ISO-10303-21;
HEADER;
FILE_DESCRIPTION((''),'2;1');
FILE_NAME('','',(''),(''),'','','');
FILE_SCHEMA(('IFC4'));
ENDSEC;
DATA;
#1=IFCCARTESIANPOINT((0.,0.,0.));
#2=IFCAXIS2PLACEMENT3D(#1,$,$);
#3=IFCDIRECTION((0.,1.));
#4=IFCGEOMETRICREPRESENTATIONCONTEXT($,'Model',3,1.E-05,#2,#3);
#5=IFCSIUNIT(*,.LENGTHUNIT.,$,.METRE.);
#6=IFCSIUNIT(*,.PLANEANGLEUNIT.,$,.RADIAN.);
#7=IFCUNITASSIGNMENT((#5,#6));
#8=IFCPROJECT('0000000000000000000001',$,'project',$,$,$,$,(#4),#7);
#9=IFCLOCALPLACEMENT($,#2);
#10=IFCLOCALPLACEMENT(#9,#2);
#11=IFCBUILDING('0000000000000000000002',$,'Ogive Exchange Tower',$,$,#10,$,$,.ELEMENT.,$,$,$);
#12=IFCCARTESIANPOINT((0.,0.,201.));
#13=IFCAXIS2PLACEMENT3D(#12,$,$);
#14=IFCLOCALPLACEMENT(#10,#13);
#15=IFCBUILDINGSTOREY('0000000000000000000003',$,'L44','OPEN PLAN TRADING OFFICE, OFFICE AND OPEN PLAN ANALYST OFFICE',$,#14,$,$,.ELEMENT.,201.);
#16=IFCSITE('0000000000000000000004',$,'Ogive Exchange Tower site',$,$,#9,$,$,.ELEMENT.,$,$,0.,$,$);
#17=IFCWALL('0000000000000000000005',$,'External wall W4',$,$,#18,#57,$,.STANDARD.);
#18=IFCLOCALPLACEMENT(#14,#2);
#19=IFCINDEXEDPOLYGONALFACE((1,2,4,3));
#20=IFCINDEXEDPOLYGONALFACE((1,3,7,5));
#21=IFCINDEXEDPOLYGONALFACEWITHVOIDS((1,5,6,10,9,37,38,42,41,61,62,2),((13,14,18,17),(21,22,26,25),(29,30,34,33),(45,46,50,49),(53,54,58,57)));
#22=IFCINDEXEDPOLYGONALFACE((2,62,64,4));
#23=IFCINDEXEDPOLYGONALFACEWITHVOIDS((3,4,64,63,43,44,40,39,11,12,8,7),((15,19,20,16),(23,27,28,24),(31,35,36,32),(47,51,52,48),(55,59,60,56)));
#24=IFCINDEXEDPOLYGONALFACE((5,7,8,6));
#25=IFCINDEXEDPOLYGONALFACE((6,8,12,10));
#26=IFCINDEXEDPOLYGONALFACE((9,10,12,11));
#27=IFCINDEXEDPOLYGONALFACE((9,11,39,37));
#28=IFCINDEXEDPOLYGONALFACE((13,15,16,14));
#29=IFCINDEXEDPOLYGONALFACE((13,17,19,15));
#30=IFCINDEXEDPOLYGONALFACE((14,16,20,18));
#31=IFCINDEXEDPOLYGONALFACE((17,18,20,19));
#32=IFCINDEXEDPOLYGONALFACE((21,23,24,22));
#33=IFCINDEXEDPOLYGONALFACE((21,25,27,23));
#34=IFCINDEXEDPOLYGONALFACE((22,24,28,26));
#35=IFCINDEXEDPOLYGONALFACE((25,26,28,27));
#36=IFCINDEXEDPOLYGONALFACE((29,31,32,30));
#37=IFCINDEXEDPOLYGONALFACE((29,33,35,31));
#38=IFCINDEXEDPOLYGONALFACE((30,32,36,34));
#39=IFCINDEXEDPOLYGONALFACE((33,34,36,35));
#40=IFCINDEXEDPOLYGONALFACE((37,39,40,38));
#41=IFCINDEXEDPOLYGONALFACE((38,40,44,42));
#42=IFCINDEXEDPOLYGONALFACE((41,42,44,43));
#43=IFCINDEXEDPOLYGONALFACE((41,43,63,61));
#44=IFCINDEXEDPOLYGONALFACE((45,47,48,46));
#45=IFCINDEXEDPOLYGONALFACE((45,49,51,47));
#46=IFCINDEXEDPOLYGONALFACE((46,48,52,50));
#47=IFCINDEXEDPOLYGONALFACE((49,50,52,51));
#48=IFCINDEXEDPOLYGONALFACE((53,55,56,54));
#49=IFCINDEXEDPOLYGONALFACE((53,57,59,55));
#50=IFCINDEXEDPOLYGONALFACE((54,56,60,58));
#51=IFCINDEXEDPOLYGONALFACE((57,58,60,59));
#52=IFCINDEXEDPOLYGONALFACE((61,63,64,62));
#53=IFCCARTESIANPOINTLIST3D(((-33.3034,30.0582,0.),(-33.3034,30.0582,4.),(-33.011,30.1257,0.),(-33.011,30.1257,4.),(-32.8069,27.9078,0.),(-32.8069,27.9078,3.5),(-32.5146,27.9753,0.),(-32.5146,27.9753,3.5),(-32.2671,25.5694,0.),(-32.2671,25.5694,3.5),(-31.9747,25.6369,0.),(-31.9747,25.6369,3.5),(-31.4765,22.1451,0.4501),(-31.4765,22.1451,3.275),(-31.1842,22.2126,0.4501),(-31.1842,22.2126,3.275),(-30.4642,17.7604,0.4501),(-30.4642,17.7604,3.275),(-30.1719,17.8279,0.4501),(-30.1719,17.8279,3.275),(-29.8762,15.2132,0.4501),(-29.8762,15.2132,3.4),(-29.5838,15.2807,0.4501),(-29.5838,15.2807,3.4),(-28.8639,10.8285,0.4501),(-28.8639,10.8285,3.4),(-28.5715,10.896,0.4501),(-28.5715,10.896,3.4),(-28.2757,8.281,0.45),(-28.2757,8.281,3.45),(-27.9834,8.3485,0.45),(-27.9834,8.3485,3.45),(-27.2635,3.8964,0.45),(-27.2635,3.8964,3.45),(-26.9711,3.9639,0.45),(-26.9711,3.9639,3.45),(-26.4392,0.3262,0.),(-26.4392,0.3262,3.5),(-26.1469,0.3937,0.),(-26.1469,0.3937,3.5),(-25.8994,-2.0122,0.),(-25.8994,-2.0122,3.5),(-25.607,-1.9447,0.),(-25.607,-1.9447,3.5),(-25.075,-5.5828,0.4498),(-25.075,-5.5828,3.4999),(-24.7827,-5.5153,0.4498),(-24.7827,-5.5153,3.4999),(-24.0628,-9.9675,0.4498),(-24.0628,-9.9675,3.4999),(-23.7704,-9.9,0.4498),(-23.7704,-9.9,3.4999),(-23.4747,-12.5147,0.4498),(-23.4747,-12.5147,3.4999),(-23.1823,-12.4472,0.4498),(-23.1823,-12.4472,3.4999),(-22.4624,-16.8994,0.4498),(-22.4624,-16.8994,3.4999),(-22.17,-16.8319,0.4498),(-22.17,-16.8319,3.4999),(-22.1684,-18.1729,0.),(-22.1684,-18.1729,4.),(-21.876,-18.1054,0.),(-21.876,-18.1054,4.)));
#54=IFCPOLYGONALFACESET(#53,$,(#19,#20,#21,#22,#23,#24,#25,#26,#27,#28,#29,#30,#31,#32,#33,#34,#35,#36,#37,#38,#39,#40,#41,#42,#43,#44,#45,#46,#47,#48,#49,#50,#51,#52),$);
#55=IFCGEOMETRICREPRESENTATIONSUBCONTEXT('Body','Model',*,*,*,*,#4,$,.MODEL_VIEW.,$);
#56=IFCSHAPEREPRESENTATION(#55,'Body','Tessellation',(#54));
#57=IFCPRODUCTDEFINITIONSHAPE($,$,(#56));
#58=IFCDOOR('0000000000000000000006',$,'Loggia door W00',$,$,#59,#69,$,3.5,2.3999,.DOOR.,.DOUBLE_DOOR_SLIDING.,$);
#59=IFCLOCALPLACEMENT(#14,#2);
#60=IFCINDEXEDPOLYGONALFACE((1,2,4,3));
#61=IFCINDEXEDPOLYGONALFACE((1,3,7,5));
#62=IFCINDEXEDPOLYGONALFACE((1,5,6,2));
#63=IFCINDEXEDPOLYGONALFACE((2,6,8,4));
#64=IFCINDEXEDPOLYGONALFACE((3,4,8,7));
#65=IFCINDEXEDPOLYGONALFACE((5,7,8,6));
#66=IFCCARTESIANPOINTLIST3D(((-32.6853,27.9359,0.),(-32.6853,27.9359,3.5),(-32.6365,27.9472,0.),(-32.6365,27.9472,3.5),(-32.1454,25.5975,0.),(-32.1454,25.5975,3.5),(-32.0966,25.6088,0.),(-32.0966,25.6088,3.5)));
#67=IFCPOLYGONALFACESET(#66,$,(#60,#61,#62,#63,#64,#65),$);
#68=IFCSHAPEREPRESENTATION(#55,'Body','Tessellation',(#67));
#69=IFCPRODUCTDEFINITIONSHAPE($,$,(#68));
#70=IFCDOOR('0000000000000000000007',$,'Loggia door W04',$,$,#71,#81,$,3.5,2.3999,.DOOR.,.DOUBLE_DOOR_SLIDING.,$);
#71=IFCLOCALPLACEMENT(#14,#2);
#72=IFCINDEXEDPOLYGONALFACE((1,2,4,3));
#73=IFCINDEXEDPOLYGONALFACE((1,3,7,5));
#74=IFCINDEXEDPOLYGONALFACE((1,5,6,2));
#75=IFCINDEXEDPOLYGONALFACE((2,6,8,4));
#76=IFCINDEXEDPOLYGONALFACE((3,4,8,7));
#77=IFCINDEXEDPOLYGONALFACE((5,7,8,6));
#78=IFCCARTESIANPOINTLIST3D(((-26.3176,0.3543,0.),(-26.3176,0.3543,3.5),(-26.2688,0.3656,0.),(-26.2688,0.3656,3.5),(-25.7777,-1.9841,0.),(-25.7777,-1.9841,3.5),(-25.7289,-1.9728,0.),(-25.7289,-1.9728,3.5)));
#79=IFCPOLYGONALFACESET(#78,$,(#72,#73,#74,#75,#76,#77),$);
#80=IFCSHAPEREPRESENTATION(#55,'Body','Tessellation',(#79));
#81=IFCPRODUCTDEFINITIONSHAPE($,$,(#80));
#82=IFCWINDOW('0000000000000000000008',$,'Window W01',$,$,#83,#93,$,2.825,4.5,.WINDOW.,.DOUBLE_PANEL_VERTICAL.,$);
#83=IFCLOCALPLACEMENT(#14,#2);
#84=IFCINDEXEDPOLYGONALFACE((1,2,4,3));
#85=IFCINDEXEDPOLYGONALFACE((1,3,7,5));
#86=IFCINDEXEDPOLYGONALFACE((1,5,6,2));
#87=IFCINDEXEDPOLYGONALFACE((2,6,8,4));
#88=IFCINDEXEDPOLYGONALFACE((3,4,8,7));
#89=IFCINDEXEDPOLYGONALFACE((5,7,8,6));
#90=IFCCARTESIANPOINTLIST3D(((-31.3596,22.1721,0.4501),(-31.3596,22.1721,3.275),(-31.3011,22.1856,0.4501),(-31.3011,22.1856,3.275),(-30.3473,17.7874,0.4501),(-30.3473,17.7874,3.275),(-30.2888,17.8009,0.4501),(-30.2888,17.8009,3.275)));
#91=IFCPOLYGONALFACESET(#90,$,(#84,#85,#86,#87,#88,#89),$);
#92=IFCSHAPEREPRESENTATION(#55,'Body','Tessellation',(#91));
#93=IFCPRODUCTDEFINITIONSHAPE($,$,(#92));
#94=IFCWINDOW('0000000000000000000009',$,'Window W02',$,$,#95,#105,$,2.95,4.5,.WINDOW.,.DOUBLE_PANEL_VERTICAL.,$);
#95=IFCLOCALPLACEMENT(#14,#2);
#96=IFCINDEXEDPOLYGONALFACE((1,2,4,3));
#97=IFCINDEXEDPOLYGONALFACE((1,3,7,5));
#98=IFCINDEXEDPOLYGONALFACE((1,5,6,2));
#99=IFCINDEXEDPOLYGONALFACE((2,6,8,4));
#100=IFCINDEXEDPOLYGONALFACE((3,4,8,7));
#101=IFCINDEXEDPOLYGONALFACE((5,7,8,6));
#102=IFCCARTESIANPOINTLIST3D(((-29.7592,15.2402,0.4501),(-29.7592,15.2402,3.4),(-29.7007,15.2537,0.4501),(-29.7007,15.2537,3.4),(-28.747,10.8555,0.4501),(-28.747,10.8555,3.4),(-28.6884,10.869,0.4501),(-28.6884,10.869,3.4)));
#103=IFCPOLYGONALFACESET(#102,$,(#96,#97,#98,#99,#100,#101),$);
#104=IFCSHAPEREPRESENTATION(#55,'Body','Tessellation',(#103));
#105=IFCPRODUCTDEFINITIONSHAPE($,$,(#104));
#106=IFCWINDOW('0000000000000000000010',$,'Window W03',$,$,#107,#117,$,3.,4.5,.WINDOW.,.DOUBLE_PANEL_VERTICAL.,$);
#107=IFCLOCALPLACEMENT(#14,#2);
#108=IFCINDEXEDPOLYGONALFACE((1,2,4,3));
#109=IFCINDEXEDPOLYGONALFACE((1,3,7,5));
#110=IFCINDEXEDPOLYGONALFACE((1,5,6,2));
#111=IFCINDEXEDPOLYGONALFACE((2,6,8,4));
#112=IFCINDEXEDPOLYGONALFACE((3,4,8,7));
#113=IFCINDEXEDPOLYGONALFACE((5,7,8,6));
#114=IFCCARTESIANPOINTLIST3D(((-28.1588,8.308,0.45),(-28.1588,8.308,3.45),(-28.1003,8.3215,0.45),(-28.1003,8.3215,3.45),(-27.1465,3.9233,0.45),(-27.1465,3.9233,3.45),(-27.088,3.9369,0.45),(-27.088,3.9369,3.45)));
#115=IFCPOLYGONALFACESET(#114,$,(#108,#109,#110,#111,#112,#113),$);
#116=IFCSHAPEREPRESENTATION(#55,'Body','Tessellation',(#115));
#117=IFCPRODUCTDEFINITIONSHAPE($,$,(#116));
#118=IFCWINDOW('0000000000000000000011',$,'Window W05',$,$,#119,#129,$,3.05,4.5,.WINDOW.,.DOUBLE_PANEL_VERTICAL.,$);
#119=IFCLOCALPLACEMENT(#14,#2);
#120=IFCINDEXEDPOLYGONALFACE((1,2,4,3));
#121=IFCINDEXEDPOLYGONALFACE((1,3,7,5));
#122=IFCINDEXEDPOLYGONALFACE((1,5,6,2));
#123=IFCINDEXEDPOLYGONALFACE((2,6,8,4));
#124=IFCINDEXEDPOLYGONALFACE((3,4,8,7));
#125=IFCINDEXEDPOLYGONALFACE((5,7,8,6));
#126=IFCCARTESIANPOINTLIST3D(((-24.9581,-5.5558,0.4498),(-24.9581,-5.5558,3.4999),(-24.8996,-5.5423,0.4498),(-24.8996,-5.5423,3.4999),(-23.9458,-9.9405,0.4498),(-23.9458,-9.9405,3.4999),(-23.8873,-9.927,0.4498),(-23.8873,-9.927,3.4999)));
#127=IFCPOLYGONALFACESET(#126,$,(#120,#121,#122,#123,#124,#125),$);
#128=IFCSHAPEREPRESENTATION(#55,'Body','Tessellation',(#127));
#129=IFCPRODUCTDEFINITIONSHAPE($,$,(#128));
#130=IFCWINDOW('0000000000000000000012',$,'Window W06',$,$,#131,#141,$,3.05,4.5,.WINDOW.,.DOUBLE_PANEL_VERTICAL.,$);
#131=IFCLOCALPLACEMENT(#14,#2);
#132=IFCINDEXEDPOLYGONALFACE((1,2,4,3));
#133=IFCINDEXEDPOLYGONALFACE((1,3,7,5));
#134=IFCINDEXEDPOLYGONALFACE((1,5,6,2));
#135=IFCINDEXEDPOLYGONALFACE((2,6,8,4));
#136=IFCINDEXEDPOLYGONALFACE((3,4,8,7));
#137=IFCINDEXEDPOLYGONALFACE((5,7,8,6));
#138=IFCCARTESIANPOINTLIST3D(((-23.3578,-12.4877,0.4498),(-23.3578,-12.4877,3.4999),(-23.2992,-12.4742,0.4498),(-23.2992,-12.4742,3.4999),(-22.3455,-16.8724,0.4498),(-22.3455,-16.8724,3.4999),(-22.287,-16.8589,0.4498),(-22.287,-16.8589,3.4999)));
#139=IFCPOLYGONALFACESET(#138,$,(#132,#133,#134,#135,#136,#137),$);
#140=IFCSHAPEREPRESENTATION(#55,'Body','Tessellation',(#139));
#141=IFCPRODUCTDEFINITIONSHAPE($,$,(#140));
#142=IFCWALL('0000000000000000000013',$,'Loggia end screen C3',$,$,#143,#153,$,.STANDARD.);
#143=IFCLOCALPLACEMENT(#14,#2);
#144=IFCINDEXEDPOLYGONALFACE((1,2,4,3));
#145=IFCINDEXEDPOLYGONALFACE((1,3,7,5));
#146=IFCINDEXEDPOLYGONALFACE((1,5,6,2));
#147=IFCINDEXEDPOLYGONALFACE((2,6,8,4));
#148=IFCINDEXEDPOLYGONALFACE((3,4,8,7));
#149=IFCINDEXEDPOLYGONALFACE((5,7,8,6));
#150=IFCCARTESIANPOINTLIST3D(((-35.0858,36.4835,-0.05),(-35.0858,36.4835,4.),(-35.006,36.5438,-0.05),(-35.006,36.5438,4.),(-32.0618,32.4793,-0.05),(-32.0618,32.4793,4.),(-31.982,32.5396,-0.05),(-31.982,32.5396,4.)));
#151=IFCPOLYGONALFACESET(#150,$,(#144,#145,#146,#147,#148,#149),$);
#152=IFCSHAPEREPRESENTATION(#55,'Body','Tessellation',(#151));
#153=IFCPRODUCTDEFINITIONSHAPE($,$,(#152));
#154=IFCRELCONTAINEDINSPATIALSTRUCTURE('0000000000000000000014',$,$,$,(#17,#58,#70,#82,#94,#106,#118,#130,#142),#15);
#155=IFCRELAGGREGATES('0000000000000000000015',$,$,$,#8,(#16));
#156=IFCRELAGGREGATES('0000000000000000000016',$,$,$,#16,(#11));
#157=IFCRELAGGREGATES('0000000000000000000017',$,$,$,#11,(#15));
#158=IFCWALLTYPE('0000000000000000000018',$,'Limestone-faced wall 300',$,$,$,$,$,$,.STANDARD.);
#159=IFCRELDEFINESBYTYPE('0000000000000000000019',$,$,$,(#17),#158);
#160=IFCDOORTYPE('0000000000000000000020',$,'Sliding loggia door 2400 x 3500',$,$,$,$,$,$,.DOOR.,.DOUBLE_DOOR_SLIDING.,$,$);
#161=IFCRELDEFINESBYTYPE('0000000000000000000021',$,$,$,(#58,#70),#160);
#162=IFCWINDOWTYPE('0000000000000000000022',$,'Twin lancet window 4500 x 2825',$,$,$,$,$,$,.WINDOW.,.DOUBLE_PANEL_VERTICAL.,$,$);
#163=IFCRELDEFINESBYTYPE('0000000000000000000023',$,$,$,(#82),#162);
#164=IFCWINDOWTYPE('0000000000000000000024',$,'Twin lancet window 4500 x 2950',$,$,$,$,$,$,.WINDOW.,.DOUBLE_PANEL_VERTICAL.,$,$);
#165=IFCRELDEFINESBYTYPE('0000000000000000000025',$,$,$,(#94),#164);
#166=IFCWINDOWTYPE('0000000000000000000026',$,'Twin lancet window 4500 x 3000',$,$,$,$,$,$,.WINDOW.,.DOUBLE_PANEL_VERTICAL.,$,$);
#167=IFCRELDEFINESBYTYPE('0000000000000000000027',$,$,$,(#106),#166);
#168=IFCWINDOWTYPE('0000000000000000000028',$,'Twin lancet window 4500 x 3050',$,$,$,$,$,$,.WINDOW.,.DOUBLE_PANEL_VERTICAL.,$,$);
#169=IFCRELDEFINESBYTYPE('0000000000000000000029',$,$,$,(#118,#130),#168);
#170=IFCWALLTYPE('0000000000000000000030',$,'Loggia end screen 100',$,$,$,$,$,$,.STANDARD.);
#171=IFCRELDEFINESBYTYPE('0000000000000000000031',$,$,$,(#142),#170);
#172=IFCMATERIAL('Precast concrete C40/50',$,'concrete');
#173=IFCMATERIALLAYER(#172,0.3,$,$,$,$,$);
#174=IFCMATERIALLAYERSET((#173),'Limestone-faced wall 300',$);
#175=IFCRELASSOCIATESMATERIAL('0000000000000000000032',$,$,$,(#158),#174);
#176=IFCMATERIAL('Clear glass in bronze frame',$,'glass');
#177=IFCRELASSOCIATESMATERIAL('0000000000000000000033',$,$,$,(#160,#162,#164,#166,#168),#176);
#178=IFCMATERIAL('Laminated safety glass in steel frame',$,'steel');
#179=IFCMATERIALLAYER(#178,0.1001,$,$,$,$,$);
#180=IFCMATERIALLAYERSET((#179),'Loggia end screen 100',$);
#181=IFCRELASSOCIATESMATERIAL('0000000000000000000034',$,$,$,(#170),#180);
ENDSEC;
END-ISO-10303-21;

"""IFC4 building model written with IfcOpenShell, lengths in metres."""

from ifc_helpers import new_model, si_unit, direction, frame, frame_2d, origin, place, context, subcontext, project, spatial, rectangle, extrude, material, layer, layer_set, type_object, element, fill, save


model = new_model("IFC4")

# Units and contexts
model_context = context("Model", 3, precision=1e-05, world=origin(), true_north=direction((0.0, 1.0)))
body_context = subcontext(model_context, "Body", "Model", "MODEL_VIEW")
ifc_project = project(units=[si_unit("LENGTHUNIT", "METRE"), si_unit("PLANEANGLEUNIT", "RADIAN")], contexts=[model_context])

# Site, building, storey
site_placement = place(None, origin())
site = spatial("IfcSite", under=ifc_project, at=site_placement, Name="Ogive Exchange Tower site", CompositionType="ELEMENT", RefElevation=0.0)
building_placement = place(site_placement, origin())
building = spatial("IfcBuilding", under=site, at=building_placement, Name="Ogive Exchange Tower", CompositionType="ELEMENT")
storey_placement = place(building_placement, frame((0.0, 0.0, 201.0)))
storey = spatial("IfcBuildingStorey", under=building, at=storey_placement, Name="L44", Description="OPEN PLAN TRADING OFFICE, OFFICE AND OPEN PLAN ANALYST OFFICE", CompositionType="ELEMENT", Elevation=201.0)

# Wall, openings, doors, windows
ifc_material_1 = material(Name="Precast concrete C40/50", Category="concrete")
ifc_layer_1 = layer(ifc_material_1, 0.3)
ifc_layer_set_1 = layer_set([ifc_layer_1], Name="Limestone-faced wall 300")
wall_type_1 = type_object("IfcWallType", Name="Limestone-faced wall 300", PredefinedType="STANDARD", material=ifc_layer_set_1)
wall_1_placement = place(storey_placement, frame((-33.1572, 30.092, 0.0), z_axis=(0.0, 0.0, 1.0), x_axis=(0.22495, -0.97437, 0.0)))
wall_1 = element("IfcWall", 1, at=wall_1_placement, inside=storey, type_object=wall_type_1, Name="External wall W4", PredefinedType="STANDARD", context=body_context, shape_type="SweptSolid", body=[
    extrude(rectangle(XDim=49.4998, YDim=0.3, at=frame_2d((24.75, 0.0))), origin(), (0.0, 0.0, 1.0), 4.0),
])
opening_1_placement = place(wall_1_placement, frame((2.207, 0.0, 0.0)))
opening_1 = element("IfcOpeningElement", 2, at=opening_1_placement, cuts=wall_1, PredefinedType="OPENING", context=body_context, shape_type="SweptSolid", body=[
    extrude(rectangle(XDim=2.3999, YDim=3.5, at=frame_2d((1.2, 1.75))), frame((0.0, 0.1599, 0.0), z_axis=(0.0, -1.0, 0.0), x_axis=(1.0, 0.0, 0.0)), (0.0, 0.0, 1.0), 0.3201),
])
opening_2_placement = place(wall_1_placement, frame((8.1213, 0.0, 0.45)))
opening_2 = element("IfcOpeningElement", 3, at=opening_2_placement, cuts=wall_1, PredefinedType="OPENING", context=body_context, shape_type="SweptSolid", body=[
    extrude(rectangle(XDim=4.5, YDim=2.825, at=frame_2d((2.25, 1.4126))), frame((0.0, 0.1599, 0.0), z_axis=(0.0, -1.0, 0.0), x_axis=(1.0, 0.0, 0.0)), (0.0, 0.0, 1.0), 0.3201),
])
opening_3_placement = place(wall_1_placement, frame((15.2356, 0.0, 0.45)))
opening_3 = element("IfcOpeningElement", 4, at=opening_3_placement, cuts=wall_1, PredefinedType="OPENING", context=body_context, shape_type="SweptSolid", body=[
    extrude(rectangle(XDim=4.5, YDim=2.95, at=frame_2d((2.25, 1.4751))), frame((0.0, 0.1599, 0.0), z_axis=(0.0, -1.0, 0.0), x_axis=(1.0, 0.0, 0.0)), (0.0, 0.0, 1.0), 0.3201),
])
opening_4_placement = place(wall_1_placement, frame((22.3501, 0.0, 0.45)))
opening_4 = element("IfcOpeningElement", 5, at=opening_4_placement, cuts=wall_1, PredefinedType="OPENING", context=body_context, shape_type="SweptSolid", body=[
    extrude(rectangle(XDim=4.5, YDim=3.0, at=frame_2d((2.25, 1.5))), frame((0.0, 0.1599, 0.0), z_axis=(0.0, -1.0, 0.0), x_axis=(1.0, 0.0, 0.0)), (0.0, 0.0, 1.0), 0.3201),
])
opening_5_placement = place(wall_1_placement, frame((30.5142, 0.0, 0.0)))
opening_5 = element("IfcOpeningElement", 6, at=opening_5_placement, cuts=wall_1, PredefinedType="OPENING", context=body_context, shape_type="SweptSolid", body=[
    extrude(rectangle(XDim=2.3999, YDim=3.5, at=frame_2d((1.2, 1.75))), frame((0.0, 0.1599, 0.0), z_axis=(0.0, -1.0, 0.0), x_axis=(1.0, 0.0, 0.0)), (0.0, 0.0, 1.0), 0.3201),
])
opening_6_placement = place(wall_1_placement, frame((36.5786, 0.0, 0.45)))
opening_6 = element("IfcOpeningElement", 7, at=opening_6_placement, cuts=wall_1, PredefinedType="OPENING", context=body_context, shape_type="SweptSolid", body=[
    extrude(rectangle(XDim=4.5, YDim=3.05, at=frame_2d((2.25, 1.5249))), frame((0.0, 0.1599, 0.0), z_axis=(0.0, -1.0, 0.0), x_axis=(1.0, 0.0, 0.0)), (0.0, 0.0, 1.0), 0.3201),
])
opening_7_placement = place(wall_1_placement, frame((43.6929, 0.0, 0.45)))
opening_7 = element("IfcOpeningElement", 8, at=opening_7_placement, cuts=wall_1, PredefinedType="OPENING", context=body_context, shape_type="SweptSolid", body=[
    extrude(rectangle(XDim=4.5, YDim=3.05, at=frame_2d((2.25, 1.5249))), frame((0.0, 0.1599, 0.0), z_axis=(0.0, -1.0, 0.0), x_axis=(1.0, 0.0, 0.0)), (0.0, 0.0, 1.0), 0.3201),
])
ifc_material_2 = material(Name="Clear glass in bronze frame", Category="glass")
door_type = type_object("IfcDoorType", Name="Sliding loggia door 2400 x 3500", OperationType="DOUBLE_DOOR_SLIDING", PredefinedType="DOOR", material=ifc_material_2)
door_1_placement = place(opening_1_placement, origin())
door_1 = element("IfcDoor", 9, at=door_1_placement, inside=storey, type_object=door_type, Name="Loggia door W00", OperationType="DOUBLE_DOOR_SLIDING", OverallHeight=3.5, OverallWidth=2.3999, PredefinedType="DOOR", context=body_context, shape_type="SweptSolid", body=[
    extrude(rectangle(XDim=2.3999, YDim=3.5, at=frame_2d((1.2, 1.75))), frame((0.0, 0.0249, 0.0), z_axis=(0.0, -1.0, 0.0), x_axis=(1.0, 0.0, 0.0)), (0.0, 0.0, 1.0), 0.05),
])
fill(opening_1, door_1)
door_2_placement = place(opening_5_placement, origin())
door_2 = element("IfcDoor", 10, at=door_2_placement, inside=storey, type_object=door_type, Name="Loggia door W04", OperationType="DOUBLE_DOOR_SLIDING", OverallHeight=3.5, OverallWidth=2.3999, PredefinedType="DOOR", context=body_context, shape_type="SweptSolid", body=[
    extrude(rectangle(XDim=2.3999, YDim=3.5, at=frame_2d((1.2, 1.75))), frame((0.0, 0.0249, 0.0), z_axis=(0.0, -1.0, 0.0), x_axis=(1.0, 0.0, 0.0)), (0.0, 0.0, 1.0), 0.05),
])
fill(opening_5, door_2)
window_type_1 = type_object("IfcWindowType", Name="Twin lancet window 4500 x 2825", PartitioningType="DOUBLE_PANEL_VERTICAL", PredefinedType="WINDOW", material=ifc_material_2)
window_1_placement = place(opening_2_placement, origin())
window_1 = element("IfcWindow", 11, at=window_1_placement, inside=storey, type_object=window_type_1, Name="Window W01", OverallHeight=2.825, OverallWidth=4.5, PartitioningType="DOUBLE_PANEL_VERTICAL", PredefinedType="WINDOW", context=body_context, shape_type="SweptSolid", body=[
    extrude(rectangle(XDim=4.5, YDim=2.825, at=frame_2d((2.25, 1.4126))), frame((0.0, 0.03, 0.0), z_axis=(0.0, -1.0, 0.0), x_axis=(1.0, 0.0, 0.0)), (0.0, 0.0, 1.0), 0.0601),
])
fill(opening_2, window_1)
window_type_2 = type_object("IfcWindowType", Name="Twin lancet window 4500 x 2950", PartitioningType="DOUBLE_PANEL_VERTICAL", PredefinedType="WINDOW", material=ifc_material_2)
window_2_placement = place(opening_3_placement, origin())
window_2 = element("IfcWindow", 12, at=window_2_placement, inside=storey, type_object=window_type_2, Name="Window W02", OverallHeight=2.95, OverallWidth=4.5, PartitioningType="DOUBLE_PANEL_VERTICAL", PredefinedType="WINDOW", context=body_context, shape_type="SweptSolid", body=[
    extrude(rectangle(XDim=4.5, YDim=2.95, at=frame_2d((2.25, 1.4751))), frame((0.0, 0.03, 0.0), z_axis=(0.0, -1.0, 0.0), x_axis=(1.0, 0.0, 0.0)), (0.0, 0.0, 1.0), 0.0601),
])
fill(opening_3, window_2)
window_type_3 = type_object("IfcWindowType", Name="Twin lancet window 4500 x 3000", PartitioningType="DOUBLE_PANEL_VERTICAL", PredefinedType="WINDOW", material=ifc_material_2)
window_3_placement = place(opening_4_placement, origin())
window_3 = element("IfcWindow", 13, at=window_3_placement, inside=storey, type_object=window_type_3, Name="Window W03", OverallHeight=3.0, OverallWidth=4.5, PartitioningType="DOUBLE_PANEL_VERTICAL", PredefinedType="WINDOW", context=body_context, shape_type="SweptSolid", body=[
    extrude(rectangle(XDim=4.5, YDim=3.0, at=frame_2d((2.25, 1.5))), frame((0.0, 0.03, 0.0), z_axis=(0.0, -1.0, 0.0), x_axis=(1.0, 0.0, 0.0)), (0.0, 0.0, 1.0), 0.0601),
])
fill(opening_4, window_3)
window_type_4 = type_object("IfcWindowType", Name="Twin lancet window 4500 x 3050", PartitioningType="DOUBLE_PANEL_VERTICAL", PredefinedType="WINDOW", material=ifc_material_2)
window_4_placement = place(opening_6_placement, origin())
window_4 = element("IfcWindow", 14, at=window_4_placement, inside=storey, type_object=window_type_4, Name="Window W05", OverallHeight=3.05, OverallWidth=4.5, PartitioningType="DOUBLE_PANEL_VERTICAL", PredefinedType="WINDOW", context=body_context, shape_type="SweptSolid", body=[
    extrude(rectangle(XDim=4.5, YDim=3.05, at=frame_2d((2.25, 1.5249))), frame((0.0, 0.03, 0.0), z_axis=(0.0, -1.0, 0.0), x_axis=(1.0, 0.0, 0.0)), (0.0, 0.0, 1.0), 0.0601),
])
fill(opening_6, window_4)
window_5_placement = place(opening_7_placement, origin())
window_5 = element("IfcWindow", 15, at=window_5_placement, inside=storey, type_object=window_type_4, Name="Window W06", OverallHeight=3.05, OverallWidth=4.5, PartitioningType="DOUBLE_PANEL_VERTICAL", PredefinedType="WINDOW", context=body_context, shape_type="SweptSolid", body=[
    extrude(rectangle(XDim=4.5, YDim=3.05, at=frame_2d((2.25, 1.5249))), frame((0.0, 0.03, 0.0), z_axis=(0.0, -1.0, 0.0), x_axis=(1.0, 0.0, 0.0)), (0.0, 0.0, 1.0), 0.0601),
])
fill(opening_7, window_5)

# Wall
ifc_material_3 = material(Name="Laminated safety glass in steel frame", Category="steel")
ifc_layer_2 = layer(ifc_material_3, 0.1001)
ifc_layer_set_2 = layer_set([ifc_layer_2], Name="Loggia end screen 100")
wall_type_2 = type_object("IfcWallType", Name="Loggia end screen 100", PredefinedType="STANDARD", material=ifc_layer_set_2)
wall_2_placement = place(storey_placement, frame((-32.022, 32.5095, -0.05), z_axis=(0.0, 0.0, 1.0), x_axis=(-0.602651, 0.798005, 0.0)))
element("IfcWall", 16, at=wall_2_placement, inside=storey, type_object=wall_type_2, Name="Loggia end screen C3", PredefinedType="STANDARD", context=body_context, shape_type="SweptSolid", body=[
    extrude(rectangle(XDim=5.0178, YDim=0.1001, at=frame_2d((2.5088, 0.0))), origin(), (0.0, 0.0, 1.0), 4.05),
])

save(model, "model.ifc")
